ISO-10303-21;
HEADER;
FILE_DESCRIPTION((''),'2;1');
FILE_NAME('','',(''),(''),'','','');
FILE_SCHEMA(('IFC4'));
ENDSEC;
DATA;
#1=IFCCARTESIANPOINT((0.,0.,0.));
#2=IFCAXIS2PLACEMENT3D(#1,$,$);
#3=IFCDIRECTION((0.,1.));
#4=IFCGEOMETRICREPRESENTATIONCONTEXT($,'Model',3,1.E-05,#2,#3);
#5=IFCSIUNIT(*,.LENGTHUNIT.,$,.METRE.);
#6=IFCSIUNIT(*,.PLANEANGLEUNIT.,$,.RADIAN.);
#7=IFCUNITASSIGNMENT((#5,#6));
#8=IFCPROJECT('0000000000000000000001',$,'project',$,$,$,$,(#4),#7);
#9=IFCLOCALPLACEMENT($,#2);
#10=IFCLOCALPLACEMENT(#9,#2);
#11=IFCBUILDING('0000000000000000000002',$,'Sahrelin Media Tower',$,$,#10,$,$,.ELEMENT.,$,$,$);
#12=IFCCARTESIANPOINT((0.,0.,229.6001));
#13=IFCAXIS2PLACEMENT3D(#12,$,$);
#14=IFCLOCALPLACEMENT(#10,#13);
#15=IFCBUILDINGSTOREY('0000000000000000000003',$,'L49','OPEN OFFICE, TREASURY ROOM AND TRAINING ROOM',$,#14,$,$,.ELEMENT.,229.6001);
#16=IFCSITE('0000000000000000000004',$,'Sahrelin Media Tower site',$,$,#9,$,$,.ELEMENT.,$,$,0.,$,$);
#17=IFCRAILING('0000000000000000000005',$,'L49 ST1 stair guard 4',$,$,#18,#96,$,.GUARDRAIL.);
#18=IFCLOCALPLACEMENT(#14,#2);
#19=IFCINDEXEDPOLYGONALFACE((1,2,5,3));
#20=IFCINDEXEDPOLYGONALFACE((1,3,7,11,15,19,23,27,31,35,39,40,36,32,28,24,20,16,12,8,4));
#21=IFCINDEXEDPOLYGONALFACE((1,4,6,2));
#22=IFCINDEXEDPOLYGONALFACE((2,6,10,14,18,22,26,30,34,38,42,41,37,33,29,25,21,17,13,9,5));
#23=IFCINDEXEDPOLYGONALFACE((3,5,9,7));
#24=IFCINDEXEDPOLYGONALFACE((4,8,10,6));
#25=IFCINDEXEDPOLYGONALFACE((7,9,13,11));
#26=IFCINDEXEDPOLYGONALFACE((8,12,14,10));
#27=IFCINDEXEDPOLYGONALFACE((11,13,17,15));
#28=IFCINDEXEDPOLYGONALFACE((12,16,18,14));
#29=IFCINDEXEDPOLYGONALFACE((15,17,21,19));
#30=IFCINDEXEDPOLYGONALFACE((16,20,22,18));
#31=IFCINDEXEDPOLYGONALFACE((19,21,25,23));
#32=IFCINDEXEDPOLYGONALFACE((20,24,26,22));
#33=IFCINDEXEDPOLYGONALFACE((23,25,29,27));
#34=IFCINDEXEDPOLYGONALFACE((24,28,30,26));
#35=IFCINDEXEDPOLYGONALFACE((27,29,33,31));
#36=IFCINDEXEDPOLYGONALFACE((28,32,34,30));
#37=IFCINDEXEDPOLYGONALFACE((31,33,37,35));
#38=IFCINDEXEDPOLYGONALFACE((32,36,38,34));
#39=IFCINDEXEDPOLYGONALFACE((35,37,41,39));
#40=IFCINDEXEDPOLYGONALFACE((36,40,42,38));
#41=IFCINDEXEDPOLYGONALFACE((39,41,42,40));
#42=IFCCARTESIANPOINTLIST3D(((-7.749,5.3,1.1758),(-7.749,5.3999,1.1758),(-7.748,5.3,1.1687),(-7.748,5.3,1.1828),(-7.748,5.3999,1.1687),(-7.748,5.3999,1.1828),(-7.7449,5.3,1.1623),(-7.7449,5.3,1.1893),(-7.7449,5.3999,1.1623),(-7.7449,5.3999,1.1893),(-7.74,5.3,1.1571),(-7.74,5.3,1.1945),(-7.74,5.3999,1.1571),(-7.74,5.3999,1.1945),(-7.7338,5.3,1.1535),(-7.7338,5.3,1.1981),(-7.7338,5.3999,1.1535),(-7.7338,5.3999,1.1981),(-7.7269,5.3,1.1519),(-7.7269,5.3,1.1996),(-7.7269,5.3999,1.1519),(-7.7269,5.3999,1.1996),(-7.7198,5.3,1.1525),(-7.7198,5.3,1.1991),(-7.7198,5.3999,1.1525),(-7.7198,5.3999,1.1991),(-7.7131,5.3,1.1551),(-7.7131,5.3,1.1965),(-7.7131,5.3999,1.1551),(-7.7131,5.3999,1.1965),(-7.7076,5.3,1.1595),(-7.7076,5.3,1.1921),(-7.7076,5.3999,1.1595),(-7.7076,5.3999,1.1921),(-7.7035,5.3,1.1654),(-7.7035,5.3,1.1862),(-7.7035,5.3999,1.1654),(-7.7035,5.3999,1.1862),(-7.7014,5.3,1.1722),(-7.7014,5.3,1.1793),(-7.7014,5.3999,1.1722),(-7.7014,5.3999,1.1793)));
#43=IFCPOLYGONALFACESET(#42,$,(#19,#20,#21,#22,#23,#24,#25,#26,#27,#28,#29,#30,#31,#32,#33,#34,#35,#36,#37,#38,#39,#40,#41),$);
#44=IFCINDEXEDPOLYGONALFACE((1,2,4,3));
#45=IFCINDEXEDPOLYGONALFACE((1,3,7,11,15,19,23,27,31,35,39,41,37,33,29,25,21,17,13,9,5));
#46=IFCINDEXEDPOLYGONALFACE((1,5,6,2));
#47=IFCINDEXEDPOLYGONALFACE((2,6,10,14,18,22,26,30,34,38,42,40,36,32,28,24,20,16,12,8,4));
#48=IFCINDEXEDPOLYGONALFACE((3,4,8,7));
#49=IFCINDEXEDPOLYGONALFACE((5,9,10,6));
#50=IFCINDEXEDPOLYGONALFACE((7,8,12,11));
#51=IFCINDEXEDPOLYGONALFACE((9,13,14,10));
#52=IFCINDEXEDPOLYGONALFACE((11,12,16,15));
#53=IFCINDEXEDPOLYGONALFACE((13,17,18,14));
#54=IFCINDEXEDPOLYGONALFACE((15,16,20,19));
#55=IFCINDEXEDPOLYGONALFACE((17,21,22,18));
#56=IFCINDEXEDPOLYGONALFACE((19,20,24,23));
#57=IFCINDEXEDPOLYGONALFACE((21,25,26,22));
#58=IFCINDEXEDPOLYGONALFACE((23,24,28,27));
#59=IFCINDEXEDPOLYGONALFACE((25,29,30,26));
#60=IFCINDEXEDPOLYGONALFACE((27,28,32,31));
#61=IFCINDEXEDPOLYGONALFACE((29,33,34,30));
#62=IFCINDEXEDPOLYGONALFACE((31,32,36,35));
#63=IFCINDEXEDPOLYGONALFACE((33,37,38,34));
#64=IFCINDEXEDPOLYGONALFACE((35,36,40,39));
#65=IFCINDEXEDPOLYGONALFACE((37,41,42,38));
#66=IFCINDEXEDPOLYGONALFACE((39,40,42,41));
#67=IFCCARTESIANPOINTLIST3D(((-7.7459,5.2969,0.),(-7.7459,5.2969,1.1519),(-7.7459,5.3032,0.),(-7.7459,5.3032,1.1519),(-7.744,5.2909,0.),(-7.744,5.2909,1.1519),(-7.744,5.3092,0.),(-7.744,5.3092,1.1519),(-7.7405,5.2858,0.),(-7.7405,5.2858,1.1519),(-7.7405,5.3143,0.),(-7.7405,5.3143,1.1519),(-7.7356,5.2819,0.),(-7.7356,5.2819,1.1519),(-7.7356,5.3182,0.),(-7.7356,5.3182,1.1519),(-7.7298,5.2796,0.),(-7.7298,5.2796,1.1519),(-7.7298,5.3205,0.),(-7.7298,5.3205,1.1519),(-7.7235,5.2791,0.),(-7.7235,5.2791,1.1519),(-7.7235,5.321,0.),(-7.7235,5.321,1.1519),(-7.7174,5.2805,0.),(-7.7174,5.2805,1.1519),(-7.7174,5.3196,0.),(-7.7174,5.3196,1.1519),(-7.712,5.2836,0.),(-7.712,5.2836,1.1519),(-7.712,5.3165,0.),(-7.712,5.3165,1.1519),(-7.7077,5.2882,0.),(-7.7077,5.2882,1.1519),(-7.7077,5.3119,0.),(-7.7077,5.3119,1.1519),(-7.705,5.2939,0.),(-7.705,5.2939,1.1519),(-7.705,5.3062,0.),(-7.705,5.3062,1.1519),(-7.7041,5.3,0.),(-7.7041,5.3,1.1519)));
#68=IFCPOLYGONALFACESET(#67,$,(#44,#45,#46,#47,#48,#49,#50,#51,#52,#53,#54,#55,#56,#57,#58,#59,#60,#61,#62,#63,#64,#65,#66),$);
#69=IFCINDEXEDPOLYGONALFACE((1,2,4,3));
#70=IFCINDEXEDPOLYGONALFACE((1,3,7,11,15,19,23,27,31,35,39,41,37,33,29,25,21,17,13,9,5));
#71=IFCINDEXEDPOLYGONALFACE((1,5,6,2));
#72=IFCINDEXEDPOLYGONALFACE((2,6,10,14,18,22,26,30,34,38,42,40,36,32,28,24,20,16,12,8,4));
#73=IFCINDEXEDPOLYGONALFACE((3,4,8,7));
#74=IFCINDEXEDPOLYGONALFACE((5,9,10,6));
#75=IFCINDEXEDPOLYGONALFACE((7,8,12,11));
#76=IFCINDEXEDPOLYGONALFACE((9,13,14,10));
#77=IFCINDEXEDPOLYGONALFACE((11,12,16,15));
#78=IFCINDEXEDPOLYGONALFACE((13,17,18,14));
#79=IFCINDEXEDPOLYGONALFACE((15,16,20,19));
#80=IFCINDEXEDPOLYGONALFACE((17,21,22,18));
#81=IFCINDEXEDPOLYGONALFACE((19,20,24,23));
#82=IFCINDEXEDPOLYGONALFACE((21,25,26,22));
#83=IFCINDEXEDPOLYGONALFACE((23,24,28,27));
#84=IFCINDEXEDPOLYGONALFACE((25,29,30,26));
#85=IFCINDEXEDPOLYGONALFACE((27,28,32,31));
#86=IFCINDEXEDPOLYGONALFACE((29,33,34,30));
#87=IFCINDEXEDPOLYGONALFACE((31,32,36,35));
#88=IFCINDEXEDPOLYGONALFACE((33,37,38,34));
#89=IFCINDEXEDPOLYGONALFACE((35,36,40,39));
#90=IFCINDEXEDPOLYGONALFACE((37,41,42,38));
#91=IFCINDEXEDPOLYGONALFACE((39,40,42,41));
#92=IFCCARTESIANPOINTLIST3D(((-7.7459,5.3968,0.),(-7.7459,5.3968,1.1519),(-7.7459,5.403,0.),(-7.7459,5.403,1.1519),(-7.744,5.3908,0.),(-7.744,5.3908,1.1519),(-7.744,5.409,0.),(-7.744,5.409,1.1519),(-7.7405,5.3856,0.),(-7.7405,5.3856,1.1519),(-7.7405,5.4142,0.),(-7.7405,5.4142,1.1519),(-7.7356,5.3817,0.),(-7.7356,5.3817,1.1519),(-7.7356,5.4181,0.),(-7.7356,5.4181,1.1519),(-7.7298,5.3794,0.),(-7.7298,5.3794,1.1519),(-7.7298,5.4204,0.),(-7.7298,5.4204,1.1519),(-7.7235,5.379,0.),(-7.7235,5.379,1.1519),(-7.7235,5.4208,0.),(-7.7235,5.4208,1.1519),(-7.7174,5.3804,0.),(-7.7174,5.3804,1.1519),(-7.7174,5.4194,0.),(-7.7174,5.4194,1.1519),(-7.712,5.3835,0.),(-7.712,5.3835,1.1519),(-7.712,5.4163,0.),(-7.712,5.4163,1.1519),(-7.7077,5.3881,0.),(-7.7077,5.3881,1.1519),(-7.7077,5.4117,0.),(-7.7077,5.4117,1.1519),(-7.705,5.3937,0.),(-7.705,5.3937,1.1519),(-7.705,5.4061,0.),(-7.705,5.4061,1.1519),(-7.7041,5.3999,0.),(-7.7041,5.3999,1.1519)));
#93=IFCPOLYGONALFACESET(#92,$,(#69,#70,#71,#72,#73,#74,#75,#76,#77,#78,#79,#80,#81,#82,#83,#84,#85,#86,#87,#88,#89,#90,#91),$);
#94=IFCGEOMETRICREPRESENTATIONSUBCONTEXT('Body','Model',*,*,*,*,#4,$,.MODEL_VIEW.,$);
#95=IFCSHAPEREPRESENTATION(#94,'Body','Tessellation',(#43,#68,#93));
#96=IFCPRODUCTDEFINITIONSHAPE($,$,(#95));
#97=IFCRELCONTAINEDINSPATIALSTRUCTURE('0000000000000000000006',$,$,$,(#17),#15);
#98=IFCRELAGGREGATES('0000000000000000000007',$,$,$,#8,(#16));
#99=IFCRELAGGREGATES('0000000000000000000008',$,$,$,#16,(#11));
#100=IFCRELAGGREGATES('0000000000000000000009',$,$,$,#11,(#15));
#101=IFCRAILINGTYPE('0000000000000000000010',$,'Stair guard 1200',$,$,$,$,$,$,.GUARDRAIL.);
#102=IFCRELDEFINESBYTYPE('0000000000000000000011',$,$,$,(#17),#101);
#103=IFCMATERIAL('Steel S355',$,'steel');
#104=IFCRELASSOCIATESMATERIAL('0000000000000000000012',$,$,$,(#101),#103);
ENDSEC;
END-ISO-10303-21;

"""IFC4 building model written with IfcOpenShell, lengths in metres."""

from ifc_helpers import new_model, si_unit, direction, frame, origin, origin_2d, place, context, subcontext, project, spatial, circle, extrude, material, type_object, element, save


model = new_model("IFC4")

# Units and contexts
model_context = context("Model", 3, precision=1e-05, world=origin(), true_north=direction((0.0, 1.0)))
body_context = subcontext(model_context, "Body", "Model", "MODEL_VIEW")
ifc_project = project(units=[si_unit("LENGTHUNIT", "METRE"), si_unit("PLANEANGLEUNIT", "RADIAN")], contexts=[model_context])

# Site, building, storey
site_placement = place(None, origin())
site = spatial("IfcSite", under=ifc_project, at=site_placement, Name="Sahrelin Media Tower site", CompositionType="ELEMENT", RefElevation=0.0)
building_placement = place(site_placement, origin())
building = spatial("IfcBuilding", under=site, at=building_placement, Name="Sahrelin Media Tower", CompositionType="ELEMENT")
storey_placement = place(building_placement, frame((0.0, 0.0, 229.6001)))
storey = spatial("IfcBuildingStorey", under=building, at=storey_placement, Name="L49", Description="OPEN OFFICE, TREASURY ROOM AND TRAINING ROOM", CompositionType="ELEMENT", Elevation=229.6001)

# Shared definitions
ifc_material_1 = material(Name="Steel S355", Category="steel")

# Railing
railing_type_1 = type_object("IfcRailingType", Name="Stair guard 1200", PredefinedType="GUARDRAIL", material=ifc_material_1)
railing_1_placement = place(storey_placement, frame((-7.7251, 5.3, 0.0)))
element("IfcRailing", 1, at=railing_1_placement, inside=storey, type_object=railing_type_1, Name="L49 ST1 stair guard 4", PredefinedType="GUARDRAIL", context=body_context, shape_type="SweptSolid", body=[
    extrude(circle(Radius=0.0239, at=origin_2d()), frame((0.0, 0.0, 1.1758), z_axis=(0.0, 1.0, 0.0), x_axis=(-1.0, 0.0, 0.0)), (0.0, 0.0, 1.0), 0.0999),
    extrude(circle(Radius=0.021, at=origin_2d()), origin(), (0.0, 0.0, 1.0), 1.1519),
    extrude(circle(Radius=0.021, at=origin_2d()), frame((0.0, 0.0999, 0.0)), (0.0, 0.0, 1.0), 1.1519),
])

save(model, "model.ifc")
